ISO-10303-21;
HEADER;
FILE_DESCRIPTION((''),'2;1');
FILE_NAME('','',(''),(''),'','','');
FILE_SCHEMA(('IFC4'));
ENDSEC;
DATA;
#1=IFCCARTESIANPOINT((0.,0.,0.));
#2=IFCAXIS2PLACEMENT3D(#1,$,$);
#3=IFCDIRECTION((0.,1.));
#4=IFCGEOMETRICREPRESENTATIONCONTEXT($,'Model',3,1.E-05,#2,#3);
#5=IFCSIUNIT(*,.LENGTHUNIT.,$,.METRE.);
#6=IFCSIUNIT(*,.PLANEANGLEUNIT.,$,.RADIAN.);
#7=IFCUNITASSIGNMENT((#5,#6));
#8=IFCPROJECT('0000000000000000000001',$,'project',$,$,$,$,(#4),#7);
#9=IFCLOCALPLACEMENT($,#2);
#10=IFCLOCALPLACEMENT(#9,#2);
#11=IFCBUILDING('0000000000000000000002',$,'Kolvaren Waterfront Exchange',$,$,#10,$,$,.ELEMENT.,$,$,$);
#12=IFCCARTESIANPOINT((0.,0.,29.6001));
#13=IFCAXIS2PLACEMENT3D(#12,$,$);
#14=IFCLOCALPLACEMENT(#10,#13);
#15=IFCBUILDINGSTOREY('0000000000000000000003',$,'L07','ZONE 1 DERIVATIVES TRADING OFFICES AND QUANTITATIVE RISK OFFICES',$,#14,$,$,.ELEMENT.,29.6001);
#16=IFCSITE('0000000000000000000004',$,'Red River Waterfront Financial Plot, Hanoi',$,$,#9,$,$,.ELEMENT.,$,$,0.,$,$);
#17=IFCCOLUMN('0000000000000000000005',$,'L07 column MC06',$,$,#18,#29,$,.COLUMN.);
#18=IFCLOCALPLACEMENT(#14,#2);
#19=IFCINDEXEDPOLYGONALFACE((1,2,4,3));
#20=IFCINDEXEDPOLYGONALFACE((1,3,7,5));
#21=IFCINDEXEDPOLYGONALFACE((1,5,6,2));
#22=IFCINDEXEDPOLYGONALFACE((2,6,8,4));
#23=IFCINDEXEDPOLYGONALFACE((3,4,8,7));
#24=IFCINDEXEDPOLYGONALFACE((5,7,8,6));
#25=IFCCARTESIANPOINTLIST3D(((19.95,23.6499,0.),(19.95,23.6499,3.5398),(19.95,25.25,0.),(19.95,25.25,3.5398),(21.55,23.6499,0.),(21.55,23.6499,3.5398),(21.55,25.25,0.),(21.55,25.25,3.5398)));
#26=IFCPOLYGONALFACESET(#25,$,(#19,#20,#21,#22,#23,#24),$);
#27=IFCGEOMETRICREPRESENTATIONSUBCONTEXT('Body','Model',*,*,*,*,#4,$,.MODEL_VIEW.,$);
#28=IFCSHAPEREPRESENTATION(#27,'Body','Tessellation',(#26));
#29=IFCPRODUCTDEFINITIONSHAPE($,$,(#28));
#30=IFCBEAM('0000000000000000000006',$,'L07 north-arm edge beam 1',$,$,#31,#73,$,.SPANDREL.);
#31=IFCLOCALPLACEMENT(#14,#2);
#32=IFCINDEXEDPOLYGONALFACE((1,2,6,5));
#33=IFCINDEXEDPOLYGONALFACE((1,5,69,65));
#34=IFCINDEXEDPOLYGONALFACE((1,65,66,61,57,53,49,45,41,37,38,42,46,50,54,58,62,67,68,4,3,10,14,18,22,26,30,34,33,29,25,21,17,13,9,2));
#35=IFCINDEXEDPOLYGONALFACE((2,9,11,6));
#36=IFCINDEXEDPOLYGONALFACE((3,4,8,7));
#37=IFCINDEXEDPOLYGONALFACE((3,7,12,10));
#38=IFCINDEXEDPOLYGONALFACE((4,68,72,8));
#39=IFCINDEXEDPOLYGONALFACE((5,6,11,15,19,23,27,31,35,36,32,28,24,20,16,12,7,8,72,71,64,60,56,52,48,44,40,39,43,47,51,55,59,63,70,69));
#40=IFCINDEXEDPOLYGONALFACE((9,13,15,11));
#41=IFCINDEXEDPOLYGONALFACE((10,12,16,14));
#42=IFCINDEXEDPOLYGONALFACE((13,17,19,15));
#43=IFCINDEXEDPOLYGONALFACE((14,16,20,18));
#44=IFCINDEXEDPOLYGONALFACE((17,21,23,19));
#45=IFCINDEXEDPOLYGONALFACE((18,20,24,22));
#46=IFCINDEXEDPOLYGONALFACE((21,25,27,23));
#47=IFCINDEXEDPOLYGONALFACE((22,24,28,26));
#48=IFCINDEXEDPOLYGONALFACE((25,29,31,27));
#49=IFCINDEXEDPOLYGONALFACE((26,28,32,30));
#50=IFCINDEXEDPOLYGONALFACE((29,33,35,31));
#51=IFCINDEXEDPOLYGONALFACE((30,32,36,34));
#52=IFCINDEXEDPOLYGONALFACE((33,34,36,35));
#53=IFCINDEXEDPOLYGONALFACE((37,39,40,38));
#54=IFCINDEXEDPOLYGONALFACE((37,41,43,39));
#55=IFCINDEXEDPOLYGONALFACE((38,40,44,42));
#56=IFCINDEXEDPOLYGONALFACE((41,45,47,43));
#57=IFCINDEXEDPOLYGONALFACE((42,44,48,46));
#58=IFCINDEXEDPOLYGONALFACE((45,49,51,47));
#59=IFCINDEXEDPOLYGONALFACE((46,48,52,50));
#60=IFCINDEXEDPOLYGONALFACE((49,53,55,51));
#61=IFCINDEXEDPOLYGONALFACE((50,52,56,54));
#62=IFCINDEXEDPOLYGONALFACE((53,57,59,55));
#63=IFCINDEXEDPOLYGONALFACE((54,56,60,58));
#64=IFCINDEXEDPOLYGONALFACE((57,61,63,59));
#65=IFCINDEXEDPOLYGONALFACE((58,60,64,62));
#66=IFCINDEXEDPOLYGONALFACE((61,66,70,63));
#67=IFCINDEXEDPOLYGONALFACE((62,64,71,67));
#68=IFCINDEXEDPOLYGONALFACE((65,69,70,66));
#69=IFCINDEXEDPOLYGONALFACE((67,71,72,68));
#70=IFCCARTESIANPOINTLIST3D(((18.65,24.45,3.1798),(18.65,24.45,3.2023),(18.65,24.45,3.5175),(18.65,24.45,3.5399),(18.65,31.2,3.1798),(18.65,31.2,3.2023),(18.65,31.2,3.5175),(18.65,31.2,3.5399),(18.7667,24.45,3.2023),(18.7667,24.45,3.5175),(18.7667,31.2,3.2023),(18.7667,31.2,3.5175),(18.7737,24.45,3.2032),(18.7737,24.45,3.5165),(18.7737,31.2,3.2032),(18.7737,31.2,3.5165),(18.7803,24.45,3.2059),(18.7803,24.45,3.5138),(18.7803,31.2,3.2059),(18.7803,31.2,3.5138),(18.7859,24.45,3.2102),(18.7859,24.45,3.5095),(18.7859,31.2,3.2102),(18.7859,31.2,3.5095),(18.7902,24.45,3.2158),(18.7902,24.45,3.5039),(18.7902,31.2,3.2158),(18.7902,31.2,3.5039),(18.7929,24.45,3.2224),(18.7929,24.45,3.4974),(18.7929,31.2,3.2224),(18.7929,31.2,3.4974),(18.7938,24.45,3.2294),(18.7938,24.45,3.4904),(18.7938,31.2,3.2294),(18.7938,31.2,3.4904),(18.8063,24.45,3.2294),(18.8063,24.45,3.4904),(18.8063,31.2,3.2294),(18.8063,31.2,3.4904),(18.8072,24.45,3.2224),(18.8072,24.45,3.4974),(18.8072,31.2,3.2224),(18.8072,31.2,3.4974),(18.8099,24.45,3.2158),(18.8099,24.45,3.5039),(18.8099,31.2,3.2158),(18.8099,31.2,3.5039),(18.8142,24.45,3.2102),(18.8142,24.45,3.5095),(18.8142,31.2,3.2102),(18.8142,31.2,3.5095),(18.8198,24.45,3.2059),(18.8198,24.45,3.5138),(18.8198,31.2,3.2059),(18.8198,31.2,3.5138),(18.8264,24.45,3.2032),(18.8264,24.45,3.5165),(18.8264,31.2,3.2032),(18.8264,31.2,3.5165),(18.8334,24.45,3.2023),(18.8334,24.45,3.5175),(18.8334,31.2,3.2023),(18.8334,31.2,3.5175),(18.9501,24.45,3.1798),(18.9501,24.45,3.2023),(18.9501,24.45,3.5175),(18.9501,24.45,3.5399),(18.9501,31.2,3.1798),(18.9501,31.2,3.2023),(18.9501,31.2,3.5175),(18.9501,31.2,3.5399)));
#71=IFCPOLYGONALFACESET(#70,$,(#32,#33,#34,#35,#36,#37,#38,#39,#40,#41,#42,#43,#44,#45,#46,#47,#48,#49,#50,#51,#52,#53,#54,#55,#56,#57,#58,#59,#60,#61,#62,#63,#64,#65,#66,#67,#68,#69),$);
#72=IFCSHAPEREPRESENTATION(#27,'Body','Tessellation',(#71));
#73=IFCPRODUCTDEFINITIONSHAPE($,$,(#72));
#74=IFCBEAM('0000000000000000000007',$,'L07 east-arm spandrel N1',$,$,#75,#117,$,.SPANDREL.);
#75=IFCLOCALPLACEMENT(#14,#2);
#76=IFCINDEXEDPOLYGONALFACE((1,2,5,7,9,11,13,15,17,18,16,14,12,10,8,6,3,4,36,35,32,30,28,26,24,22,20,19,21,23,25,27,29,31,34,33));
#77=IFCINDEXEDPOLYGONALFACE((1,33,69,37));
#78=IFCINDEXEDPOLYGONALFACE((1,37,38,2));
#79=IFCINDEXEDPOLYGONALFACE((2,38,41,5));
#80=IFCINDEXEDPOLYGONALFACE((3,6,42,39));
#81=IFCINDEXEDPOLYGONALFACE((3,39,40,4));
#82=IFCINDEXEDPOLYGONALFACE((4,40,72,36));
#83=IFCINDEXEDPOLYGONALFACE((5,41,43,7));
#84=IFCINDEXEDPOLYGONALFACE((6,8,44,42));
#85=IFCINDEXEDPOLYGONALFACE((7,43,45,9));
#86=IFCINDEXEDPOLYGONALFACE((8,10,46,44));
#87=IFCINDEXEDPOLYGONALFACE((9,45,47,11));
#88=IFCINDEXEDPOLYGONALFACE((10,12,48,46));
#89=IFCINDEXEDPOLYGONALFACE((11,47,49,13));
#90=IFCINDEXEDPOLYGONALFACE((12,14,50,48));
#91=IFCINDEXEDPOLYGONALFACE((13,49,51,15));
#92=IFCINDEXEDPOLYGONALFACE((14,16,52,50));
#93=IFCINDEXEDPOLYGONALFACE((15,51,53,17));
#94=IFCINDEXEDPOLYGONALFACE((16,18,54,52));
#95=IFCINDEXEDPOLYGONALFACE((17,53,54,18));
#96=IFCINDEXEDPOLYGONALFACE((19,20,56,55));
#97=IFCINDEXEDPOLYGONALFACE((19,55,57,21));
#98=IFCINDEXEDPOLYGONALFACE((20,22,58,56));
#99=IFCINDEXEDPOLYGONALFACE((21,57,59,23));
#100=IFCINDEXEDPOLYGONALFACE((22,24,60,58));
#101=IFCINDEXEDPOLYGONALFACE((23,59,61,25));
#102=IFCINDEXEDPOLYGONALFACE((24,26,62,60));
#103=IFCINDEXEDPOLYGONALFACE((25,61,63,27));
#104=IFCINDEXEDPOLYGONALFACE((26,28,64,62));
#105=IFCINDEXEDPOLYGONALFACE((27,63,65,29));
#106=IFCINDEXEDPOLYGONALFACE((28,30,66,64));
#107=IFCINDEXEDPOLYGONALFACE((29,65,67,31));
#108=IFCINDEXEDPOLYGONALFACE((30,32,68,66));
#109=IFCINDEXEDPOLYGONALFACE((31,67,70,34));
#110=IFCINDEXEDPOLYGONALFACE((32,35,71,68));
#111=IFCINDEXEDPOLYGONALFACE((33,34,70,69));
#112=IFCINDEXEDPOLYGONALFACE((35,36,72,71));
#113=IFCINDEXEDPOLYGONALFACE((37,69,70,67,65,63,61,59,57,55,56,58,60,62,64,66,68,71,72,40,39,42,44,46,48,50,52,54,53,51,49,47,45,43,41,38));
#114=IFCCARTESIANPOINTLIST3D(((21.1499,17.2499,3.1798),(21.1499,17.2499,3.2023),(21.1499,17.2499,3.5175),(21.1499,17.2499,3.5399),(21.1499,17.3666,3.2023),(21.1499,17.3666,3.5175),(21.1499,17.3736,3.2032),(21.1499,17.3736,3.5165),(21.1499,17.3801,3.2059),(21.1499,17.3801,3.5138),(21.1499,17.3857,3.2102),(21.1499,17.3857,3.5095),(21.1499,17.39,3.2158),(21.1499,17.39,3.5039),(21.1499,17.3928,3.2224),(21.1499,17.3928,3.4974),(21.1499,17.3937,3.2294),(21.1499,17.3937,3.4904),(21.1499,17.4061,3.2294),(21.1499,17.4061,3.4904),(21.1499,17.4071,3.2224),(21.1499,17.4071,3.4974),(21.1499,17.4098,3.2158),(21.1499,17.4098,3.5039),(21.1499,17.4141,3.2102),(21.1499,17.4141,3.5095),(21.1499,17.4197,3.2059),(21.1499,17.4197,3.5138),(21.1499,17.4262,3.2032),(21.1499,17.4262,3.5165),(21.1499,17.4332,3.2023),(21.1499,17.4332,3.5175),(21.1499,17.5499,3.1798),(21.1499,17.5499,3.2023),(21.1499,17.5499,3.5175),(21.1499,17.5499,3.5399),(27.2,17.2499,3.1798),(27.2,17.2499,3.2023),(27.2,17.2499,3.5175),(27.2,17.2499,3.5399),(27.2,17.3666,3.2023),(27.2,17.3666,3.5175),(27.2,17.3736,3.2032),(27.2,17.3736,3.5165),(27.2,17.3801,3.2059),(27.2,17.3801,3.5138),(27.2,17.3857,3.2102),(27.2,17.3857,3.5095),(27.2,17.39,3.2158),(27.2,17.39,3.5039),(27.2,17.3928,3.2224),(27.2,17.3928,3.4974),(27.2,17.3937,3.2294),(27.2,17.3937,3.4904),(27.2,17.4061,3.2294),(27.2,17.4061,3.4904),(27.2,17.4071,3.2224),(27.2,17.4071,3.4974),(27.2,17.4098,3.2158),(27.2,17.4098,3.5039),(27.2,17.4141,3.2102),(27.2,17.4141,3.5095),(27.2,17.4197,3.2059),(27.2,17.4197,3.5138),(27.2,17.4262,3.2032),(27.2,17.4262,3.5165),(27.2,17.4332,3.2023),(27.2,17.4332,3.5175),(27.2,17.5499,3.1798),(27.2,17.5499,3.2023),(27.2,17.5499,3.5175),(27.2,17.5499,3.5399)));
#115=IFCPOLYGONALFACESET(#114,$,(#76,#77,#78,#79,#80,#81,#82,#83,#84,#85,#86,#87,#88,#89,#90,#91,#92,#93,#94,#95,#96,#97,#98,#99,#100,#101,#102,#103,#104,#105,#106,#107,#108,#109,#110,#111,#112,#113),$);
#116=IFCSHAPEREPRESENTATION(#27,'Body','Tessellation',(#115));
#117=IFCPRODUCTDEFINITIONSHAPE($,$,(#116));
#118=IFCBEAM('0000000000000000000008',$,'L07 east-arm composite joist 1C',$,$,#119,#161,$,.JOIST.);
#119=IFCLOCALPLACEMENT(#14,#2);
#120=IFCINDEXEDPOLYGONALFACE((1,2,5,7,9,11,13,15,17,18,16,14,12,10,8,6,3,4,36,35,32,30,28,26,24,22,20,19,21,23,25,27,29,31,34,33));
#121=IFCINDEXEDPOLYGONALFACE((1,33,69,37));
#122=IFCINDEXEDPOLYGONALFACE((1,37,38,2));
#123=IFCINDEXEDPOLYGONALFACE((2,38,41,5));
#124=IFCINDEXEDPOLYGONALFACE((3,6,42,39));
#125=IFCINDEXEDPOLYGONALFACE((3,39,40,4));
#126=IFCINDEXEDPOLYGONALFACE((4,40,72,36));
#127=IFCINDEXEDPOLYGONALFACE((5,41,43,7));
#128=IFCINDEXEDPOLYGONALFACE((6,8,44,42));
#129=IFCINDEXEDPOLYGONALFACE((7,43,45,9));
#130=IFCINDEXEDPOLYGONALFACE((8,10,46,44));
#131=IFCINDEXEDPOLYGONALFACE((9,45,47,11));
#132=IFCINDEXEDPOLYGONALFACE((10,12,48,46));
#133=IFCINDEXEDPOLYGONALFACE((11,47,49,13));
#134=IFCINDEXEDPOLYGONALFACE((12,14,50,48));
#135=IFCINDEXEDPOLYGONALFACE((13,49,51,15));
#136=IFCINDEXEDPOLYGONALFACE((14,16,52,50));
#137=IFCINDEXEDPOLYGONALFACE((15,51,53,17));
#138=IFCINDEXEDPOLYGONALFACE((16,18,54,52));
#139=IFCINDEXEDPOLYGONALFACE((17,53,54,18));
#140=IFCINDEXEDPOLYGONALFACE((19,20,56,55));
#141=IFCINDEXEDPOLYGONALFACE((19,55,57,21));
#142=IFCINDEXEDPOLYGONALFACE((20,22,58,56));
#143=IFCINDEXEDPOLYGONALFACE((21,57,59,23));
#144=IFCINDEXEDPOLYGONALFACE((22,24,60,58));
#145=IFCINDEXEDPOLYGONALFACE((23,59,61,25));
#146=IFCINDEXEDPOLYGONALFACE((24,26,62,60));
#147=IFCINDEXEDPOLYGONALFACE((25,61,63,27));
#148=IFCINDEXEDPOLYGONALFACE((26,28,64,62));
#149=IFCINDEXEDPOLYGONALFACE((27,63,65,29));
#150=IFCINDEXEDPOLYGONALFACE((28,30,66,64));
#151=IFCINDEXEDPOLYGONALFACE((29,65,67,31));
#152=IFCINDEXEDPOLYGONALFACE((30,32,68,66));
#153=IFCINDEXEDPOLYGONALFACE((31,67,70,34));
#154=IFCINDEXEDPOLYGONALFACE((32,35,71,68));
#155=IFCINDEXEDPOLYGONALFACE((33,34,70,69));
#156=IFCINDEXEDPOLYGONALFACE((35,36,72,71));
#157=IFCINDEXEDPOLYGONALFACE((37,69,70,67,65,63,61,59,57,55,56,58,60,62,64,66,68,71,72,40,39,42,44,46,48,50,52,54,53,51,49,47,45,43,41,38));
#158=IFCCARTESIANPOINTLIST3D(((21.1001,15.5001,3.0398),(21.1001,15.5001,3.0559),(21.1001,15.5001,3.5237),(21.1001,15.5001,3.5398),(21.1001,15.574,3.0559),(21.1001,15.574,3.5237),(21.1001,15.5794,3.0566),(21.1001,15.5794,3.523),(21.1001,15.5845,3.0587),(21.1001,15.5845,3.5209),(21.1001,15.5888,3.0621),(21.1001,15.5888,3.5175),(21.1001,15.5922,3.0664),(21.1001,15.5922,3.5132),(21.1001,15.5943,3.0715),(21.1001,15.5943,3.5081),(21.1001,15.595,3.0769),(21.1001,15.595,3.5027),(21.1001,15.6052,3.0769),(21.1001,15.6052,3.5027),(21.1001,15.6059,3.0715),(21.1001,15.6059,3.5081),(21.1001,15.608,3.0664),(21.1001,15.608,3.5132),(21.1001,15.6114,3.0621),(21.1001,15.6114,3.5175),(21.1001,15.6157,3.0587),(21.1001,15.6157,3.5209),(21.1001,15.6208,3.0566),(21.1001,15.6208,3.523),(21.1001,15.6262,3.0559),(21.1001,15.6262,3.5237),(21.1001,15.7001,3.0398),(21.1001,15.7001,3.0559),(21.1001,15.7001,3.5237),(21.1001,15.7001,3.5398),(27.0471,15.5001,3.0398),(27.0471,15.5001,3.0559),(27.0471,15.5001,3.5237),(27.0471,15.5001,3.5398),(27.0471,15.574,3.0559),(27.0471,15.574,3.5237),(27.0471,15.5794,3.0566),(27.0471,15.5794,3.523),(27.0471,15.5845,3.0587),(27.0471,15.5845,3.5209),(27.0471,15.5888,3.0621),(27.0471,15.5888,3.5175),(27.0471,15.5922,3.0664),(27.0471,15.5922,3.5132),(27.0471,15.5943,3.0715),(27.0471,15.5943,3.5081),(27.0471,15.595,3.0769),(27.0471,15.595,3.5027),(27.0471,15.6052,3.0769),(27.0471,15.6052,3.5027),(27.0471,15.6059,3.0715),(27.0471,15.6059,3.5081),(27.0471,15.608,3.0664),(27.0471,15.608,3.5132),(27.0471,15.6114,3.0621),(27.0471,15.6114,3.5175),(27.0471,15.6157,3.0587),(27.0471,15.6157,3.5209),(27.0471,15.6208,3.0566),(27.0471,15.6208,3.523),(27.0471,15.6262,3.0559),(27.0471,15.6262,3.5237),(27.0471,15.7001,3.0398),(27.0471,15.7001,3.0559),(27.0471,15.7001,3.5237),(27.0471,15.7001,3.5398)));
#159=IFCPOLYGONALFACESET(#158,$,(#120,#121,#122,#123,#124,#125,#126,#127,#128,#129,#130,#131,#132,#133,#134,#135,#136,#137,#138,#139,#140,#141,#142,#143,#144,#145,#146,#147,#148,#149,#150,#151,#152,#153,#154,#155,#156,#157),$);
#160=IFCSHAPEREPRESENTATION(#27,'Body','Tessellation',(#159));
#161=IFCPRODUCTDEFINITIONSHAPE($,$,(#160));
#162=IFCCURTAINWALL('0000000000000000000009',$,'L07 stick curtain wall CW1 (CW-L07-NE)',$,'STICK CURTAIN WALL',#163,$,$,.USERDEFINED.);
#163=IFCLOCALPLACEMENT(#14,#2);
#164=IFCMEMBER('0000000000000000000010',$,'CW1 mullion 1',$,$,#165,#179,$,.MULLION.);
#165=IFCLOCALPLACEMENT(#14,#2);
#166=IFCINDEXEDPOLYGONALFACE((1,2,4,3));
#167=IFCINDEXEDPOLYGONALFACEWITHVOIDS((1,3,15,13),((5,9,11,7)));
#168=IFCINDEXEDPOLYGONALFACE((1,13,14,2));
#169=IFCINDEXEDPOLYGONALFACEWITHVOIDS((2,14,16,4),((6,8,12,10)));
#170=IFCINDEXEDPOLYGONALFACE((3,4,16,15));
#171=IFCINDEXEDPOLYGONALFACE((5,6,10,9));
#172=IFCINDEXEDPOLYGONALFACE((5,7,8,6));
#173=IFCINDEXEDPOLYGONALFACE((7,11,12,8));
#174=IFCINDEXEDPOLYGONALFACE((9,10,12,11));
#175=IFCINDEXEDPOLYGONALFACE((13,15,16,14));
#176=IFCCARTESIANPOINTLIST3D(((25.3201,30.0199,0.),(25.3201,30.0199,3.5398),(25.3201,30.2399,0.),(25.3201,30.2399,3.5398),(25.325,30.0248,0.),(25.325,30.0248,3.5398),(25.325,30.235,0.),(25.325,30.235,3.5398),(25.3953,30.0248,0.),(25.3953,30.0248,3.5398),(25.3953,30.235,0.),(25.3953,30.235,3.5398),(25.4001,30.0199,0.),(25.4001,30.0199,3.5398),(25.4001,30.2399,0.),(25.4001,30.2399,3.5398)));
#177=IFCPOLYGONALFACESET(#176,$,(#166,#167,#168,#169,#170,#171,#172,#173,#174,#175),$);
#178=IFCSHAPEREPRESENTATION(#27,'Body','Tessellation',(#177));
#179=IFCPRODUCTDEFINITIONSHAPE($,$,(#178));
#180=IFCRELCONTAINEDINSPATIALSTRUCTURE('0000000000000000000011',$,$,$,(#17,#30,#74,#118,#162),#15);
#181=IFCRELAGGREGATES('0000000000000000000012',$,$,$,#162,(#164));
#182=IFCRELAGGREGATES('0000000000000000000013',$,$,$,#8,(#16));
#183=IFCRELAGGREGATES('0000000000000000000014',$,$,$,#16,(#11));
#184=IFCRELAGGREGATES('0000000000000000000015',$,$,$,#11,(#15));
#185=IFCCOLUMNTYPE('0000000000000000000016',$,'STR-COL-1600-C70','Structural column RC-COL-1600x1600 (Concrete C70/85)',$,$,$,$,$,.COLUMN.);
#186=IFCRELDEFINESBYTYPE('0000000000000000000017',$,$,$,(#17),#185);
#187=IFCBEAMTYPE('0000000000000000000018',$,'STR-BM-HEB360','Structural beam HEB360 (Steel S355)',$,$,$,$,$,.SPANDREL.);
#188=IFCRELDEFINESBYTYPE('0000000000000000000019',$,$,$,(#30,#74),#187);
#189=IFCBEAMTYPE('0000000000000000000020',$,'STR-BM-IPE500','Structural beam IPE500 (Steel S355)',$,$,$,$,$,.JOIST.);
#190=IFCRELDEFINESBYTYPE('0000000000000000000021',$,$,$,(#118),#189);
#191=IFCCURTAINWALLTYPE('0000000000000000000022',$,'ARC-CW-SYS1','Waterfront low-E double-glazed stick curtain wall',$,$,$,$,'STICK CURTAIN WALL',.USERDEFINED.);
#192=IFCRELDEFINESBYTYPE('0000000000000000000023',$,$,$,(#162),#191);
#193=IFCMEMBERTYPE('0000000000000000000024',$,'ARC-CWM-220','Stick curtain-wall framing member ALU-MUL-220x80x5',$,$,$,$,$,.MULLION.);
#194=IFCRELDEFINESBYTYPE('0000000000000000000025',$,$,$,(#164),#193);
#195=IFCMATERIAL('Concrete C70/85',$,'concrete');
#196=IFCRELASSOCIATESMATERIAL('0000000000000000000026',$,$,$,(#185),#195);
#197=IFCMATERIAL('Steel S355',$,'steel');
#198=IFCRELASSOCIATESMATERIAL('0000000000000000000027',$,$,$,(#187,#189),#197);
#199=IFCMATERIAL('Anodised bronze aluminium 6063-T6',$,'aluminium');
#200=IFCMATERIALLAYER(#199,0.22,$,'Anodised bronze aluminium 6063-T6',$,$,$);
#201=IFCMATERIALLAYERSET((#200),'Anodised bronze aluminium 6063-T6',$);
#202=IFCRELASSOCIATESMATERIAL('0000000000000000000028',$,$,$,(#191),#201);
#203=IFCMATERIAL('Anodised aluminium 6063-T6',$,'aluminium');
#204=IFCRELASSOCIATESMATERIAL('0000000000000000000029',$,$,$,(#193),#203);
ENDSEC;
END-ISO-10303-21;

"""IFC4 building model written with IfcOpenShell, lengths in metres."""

from ifc_helpers import new_model, si_unit, direction, frame, origin, origin_with_axes, origin_2d, place, context, subcontext, project, spatial, rectangle, hollow_rectangle, i_section, extrude, source, transform, mapped, material, layer, layer_set, material_profile, profile_set, type_object, element, aggregate, save


model = new_model("IFC4")

# Units and contexts
model_context = context("Model", 3, precision=1e-05, world=origin(), true_north=direction((0.0, 1.0)))
body_context = subcontext(model_context, "Body", "Model", "MODEL_VIEW")
ifc_project = project(units=[si_unit("LENGTHUNIT", "METRE"), si_unit("PLANEANGLEUNIT", "RADIAN")], contexts=[model_context])

# Site, building, storey
site_placement = place(None, origin())
site = spatial("IfcSite", under=ifc_project, at=site_placement, Name="Red River Waterfront Financial Plot, Hanoi", CompositionType="ELEMENT", RefElevation=0.0)
building_placement = place(site_placement, origin())
building = spatial("IfcBuilding", under=site, at=building_placement, Name="Kolvaren Waterfront Exchange", CompositionType="ELEMENT")
storey_placement = place(building_placement, frame((0.0, 0.0, 29.6001)))
storey = spatial("IfcBuildingStorey", under=building, at=storey_placement, Name="L07", Description="ZONE 1 DERIVATIVES TRADING OFFICES AND QUANTITATIVE RISK OFFICES", CompositionType="ELEMENT", Elevation=29.6001)

# Column
ifc_material_1 = material(Name="Concrete C70/85", Category="concrete")
ifc_material_profile_1 = material_profile(ifc_material_1, rectangle(XDim=1.6001, YDim=1.6001, at=origin_2d()), Name="RC-COL-1600x1600")
ifc_profile_set_1 = profile_set([ifc_material_profile_1], Name="Concrete C70/85")
column_type = type_object("IfcColumnType", Name="STR-COL-1600-C70", Description="Structural column RC-COL-1600x1600 (Concrete C70/85)", PredefinedType="COLUMN", material=ifc_profile_set_1)
column_placement = place(storey_placement, frame((20.75, 24.45, 0.0), z_axis=(0.0, 0.0, 1.0), x_axis=(1.0, 0.0, 0.0)))
element("IfcColumn", 1, at=column_placement, inside=storey, type_object=column_type, Name="L07 column MC06", PredefinedType="COLUMN", context=body_context, shape_type="SweptSolid", body=[
    extrude(rectangle(XDim=1.6001, YDim=1.6001, at=origin_2d()), origin(), (0.0, 0.0, 1.0), 3.5398),
])

# Beams
ifc_material_2 = material(Name="Steel S355", Category="steel")
ifc_material_profile_2 = material_profile(ifc_material_2, i_section(OverallWidth=0.3, OverallDepth=0.3601, WebThickness=0.0125, FlangeThickness=0.0225, FilletRadius=0.0271, at=origin_2d()), Name="HEB360")
ifc_profile_set_2 = profile_set([ifc_material_profile_2], Name="Steel S355")
beam_type_1 = type_object("IfcBeamType", Name="STR-BM-HEB360", Description="Structural beam HEB360 (Steel S355)", PredefinedType="SPANDREL", material=ifc_profile_set_2)
beam_1_placement = place(storey_placement, frame((18.8, 24.45, 3.3599), z_axis=(0.0, 1.0, 0.0), x_axis=(-1.0, 0.0, 0.0)))
element("IfcBeam", 2, at=beam_1_placement, inside=storey, type_object=beam_type_1, Name="L07 north-arm edge beam 1", PredefinedType="SPANDREL", context=body_context, shape_type="SweptSolid", body=[
    extrude(i_section(OverallWidth=0.3, OverallDepth=0.3601, WebThickness=0.0125, FlangeThickness=0.0225, FilletRadius=0.0271, at=origin_2d()), origin(), (0.0, 0.0, 1.0), 6.75),
])
beam_2_placement = place(storey_placement, frame((21.1499, 17.3999, 3.3599), z_axis=(1.0, 0.0, 0.0), x_axis=(0.0, 1.0, 0.0)))
element("IfcBeam", 3, at=beam_2_placement, inside=storey, type_object=beam_type_1, Name="L07 east-arm spandrel N1", PredefinedType="SPANDREL", context=body_context, shape_type="SweptSolid", body=[
    extrude(i_section(OverallWidth=0.3, OverallDepth=0.3601, WebThickness=0.0125, FlangeThickness=0.0225, FilletRadius=0.0271, at=origin_2d()), origin(), (0.0, 0.0, 1.0), 6.05),
])
ifc_material_profile_3 = material_profile(ifc_material_2, i_section(OverallWidth=0.2, OverallDepth=0.5, WebThickness=0.0103, FlangeThickness=0.0161, FilletRadius=0.021, at=origin_2d()), Name="IPE500")
ifc_profile_set_3 = profile_set([ifc_material_profile_3], Name="Steel S355")
beam_type_2 = type_object("IfcBeamType", Name="STR-BM-IPE500", Description="Structural beam IPE500 (Steel S355)", PredefinedType="JOIST", material=ifc_profile_set_3)
beam_3_placement = place(storey_placement, frame((21.1001, 15.6001, 3.2898), z_axis=(1.0, 0.0, 0.0), x_axis=(0.0, 1.0, 0.0)))
element("IfcBeam", 4, at=beam_3_placement, inside=storey, type_object=beam_type_2, Name="L07 east-arm composite joist 1C", PredefinedType="JOIST", context=body_context, shape_type="SweptSolid", body=[
    extrude(i_section(OverallWidth=0.2, OverallDepth=0.5, WebThickness=0.0103, FlangeThickness=0.0161, FilletRadius=0.021, at=origin_2d()), origin(), (0.0, 0.0, 1.0), 5.947),
])

# Curtain wall, member
ifc_material_3 = material(Name="Anodised bronze aluminium 6063-T6", Category="aluminium")
ifc_layer_1 = layer(ifc_material_3, 0.22, Name="Anodised bronze aluminium 6063-T6")
ifc_layer_set_1 = layer_set([ifc_layer_1], Name="Anodised bronze aluminium 6063-T6")
curtain_wall_type = type_object("IfcCurtainWallType", Name="ARC-CW-SYS1", Description="Waterfront low-E double-glazed stick curtain wall", ElementType="STICK CURTAIN WALL", PredefinedType="USERDEFINED", material=ifc_layer_set_1)
curtain_wall_placement = place(storey_placement, origin())
curtain_wall = element("IfcCurtainWall", 5, at=curtain_wall_placement, inside=storey, type_object=curtain_wall_type, Name="L07 stick curtain wall CW1 (CW-L07-NE)", ObjectType="STICK CURTAIN WALL", PredefinedType="USERDEFINED")
ifc_material_4 = material(Name="Anodised aluminium 6063-T6", Category="aluminium")
ifc_material_profile_4 = material_profile(ifc_material_4, hollow_rectangle(XDim=0.0801, YDim=0.22, WallThickness=0.0049, at=origin_2d()), Name="ALU-MUL-220x80x5")
ifc_profile_set_4 = profile_set([ifc_material_profile_4], Name="Anodised aluminium 6063-T6")
member_type_1 = type_object("IfcMemberType", Name="ARC-CWM-220", Description="Stick curtain-wall framing member ALU-MUL-220x80x5", PredefinedType="MULLION", material=ifc_profile_set_4)
shared_shape_1 = source(origin_with_axes(), body_context, "Body", "SweptSolid", [
    extrude(hollow_rectangle(XDim=0.0801, YDim=0.22, WallThickness=0.0049, at=origin_2d()), origin(), (0.0, 0.0, 1.0), 3.5398),
])
member_1_placement = place(storey_placement, frame((25.3601, 30.1299, 0.0), z_axis=(0.0, 0.0, 1.0), x_axis=(-1.0, 0.0, 0.0)))
member_1 = element("IfcMember", 6, at=member_1_placement, type_object=member_type_1, Name="CW1 mullion 1", PredefinedType="MULLION", context=body_context, shape_type="MappedRepresentation", body=[
    mapped(shared_shape_1, transform((0.0, 0.0, 0.0), x_axis=(1.0, 0.0, 0.0), y_axis=(0.0, 1.0, 0.0), z_axis=(0.0, 0.0, 1.0), scale=1.0)),
])
aggregate(curtain_wall, [member_1])

save(model, "model.ifc")
